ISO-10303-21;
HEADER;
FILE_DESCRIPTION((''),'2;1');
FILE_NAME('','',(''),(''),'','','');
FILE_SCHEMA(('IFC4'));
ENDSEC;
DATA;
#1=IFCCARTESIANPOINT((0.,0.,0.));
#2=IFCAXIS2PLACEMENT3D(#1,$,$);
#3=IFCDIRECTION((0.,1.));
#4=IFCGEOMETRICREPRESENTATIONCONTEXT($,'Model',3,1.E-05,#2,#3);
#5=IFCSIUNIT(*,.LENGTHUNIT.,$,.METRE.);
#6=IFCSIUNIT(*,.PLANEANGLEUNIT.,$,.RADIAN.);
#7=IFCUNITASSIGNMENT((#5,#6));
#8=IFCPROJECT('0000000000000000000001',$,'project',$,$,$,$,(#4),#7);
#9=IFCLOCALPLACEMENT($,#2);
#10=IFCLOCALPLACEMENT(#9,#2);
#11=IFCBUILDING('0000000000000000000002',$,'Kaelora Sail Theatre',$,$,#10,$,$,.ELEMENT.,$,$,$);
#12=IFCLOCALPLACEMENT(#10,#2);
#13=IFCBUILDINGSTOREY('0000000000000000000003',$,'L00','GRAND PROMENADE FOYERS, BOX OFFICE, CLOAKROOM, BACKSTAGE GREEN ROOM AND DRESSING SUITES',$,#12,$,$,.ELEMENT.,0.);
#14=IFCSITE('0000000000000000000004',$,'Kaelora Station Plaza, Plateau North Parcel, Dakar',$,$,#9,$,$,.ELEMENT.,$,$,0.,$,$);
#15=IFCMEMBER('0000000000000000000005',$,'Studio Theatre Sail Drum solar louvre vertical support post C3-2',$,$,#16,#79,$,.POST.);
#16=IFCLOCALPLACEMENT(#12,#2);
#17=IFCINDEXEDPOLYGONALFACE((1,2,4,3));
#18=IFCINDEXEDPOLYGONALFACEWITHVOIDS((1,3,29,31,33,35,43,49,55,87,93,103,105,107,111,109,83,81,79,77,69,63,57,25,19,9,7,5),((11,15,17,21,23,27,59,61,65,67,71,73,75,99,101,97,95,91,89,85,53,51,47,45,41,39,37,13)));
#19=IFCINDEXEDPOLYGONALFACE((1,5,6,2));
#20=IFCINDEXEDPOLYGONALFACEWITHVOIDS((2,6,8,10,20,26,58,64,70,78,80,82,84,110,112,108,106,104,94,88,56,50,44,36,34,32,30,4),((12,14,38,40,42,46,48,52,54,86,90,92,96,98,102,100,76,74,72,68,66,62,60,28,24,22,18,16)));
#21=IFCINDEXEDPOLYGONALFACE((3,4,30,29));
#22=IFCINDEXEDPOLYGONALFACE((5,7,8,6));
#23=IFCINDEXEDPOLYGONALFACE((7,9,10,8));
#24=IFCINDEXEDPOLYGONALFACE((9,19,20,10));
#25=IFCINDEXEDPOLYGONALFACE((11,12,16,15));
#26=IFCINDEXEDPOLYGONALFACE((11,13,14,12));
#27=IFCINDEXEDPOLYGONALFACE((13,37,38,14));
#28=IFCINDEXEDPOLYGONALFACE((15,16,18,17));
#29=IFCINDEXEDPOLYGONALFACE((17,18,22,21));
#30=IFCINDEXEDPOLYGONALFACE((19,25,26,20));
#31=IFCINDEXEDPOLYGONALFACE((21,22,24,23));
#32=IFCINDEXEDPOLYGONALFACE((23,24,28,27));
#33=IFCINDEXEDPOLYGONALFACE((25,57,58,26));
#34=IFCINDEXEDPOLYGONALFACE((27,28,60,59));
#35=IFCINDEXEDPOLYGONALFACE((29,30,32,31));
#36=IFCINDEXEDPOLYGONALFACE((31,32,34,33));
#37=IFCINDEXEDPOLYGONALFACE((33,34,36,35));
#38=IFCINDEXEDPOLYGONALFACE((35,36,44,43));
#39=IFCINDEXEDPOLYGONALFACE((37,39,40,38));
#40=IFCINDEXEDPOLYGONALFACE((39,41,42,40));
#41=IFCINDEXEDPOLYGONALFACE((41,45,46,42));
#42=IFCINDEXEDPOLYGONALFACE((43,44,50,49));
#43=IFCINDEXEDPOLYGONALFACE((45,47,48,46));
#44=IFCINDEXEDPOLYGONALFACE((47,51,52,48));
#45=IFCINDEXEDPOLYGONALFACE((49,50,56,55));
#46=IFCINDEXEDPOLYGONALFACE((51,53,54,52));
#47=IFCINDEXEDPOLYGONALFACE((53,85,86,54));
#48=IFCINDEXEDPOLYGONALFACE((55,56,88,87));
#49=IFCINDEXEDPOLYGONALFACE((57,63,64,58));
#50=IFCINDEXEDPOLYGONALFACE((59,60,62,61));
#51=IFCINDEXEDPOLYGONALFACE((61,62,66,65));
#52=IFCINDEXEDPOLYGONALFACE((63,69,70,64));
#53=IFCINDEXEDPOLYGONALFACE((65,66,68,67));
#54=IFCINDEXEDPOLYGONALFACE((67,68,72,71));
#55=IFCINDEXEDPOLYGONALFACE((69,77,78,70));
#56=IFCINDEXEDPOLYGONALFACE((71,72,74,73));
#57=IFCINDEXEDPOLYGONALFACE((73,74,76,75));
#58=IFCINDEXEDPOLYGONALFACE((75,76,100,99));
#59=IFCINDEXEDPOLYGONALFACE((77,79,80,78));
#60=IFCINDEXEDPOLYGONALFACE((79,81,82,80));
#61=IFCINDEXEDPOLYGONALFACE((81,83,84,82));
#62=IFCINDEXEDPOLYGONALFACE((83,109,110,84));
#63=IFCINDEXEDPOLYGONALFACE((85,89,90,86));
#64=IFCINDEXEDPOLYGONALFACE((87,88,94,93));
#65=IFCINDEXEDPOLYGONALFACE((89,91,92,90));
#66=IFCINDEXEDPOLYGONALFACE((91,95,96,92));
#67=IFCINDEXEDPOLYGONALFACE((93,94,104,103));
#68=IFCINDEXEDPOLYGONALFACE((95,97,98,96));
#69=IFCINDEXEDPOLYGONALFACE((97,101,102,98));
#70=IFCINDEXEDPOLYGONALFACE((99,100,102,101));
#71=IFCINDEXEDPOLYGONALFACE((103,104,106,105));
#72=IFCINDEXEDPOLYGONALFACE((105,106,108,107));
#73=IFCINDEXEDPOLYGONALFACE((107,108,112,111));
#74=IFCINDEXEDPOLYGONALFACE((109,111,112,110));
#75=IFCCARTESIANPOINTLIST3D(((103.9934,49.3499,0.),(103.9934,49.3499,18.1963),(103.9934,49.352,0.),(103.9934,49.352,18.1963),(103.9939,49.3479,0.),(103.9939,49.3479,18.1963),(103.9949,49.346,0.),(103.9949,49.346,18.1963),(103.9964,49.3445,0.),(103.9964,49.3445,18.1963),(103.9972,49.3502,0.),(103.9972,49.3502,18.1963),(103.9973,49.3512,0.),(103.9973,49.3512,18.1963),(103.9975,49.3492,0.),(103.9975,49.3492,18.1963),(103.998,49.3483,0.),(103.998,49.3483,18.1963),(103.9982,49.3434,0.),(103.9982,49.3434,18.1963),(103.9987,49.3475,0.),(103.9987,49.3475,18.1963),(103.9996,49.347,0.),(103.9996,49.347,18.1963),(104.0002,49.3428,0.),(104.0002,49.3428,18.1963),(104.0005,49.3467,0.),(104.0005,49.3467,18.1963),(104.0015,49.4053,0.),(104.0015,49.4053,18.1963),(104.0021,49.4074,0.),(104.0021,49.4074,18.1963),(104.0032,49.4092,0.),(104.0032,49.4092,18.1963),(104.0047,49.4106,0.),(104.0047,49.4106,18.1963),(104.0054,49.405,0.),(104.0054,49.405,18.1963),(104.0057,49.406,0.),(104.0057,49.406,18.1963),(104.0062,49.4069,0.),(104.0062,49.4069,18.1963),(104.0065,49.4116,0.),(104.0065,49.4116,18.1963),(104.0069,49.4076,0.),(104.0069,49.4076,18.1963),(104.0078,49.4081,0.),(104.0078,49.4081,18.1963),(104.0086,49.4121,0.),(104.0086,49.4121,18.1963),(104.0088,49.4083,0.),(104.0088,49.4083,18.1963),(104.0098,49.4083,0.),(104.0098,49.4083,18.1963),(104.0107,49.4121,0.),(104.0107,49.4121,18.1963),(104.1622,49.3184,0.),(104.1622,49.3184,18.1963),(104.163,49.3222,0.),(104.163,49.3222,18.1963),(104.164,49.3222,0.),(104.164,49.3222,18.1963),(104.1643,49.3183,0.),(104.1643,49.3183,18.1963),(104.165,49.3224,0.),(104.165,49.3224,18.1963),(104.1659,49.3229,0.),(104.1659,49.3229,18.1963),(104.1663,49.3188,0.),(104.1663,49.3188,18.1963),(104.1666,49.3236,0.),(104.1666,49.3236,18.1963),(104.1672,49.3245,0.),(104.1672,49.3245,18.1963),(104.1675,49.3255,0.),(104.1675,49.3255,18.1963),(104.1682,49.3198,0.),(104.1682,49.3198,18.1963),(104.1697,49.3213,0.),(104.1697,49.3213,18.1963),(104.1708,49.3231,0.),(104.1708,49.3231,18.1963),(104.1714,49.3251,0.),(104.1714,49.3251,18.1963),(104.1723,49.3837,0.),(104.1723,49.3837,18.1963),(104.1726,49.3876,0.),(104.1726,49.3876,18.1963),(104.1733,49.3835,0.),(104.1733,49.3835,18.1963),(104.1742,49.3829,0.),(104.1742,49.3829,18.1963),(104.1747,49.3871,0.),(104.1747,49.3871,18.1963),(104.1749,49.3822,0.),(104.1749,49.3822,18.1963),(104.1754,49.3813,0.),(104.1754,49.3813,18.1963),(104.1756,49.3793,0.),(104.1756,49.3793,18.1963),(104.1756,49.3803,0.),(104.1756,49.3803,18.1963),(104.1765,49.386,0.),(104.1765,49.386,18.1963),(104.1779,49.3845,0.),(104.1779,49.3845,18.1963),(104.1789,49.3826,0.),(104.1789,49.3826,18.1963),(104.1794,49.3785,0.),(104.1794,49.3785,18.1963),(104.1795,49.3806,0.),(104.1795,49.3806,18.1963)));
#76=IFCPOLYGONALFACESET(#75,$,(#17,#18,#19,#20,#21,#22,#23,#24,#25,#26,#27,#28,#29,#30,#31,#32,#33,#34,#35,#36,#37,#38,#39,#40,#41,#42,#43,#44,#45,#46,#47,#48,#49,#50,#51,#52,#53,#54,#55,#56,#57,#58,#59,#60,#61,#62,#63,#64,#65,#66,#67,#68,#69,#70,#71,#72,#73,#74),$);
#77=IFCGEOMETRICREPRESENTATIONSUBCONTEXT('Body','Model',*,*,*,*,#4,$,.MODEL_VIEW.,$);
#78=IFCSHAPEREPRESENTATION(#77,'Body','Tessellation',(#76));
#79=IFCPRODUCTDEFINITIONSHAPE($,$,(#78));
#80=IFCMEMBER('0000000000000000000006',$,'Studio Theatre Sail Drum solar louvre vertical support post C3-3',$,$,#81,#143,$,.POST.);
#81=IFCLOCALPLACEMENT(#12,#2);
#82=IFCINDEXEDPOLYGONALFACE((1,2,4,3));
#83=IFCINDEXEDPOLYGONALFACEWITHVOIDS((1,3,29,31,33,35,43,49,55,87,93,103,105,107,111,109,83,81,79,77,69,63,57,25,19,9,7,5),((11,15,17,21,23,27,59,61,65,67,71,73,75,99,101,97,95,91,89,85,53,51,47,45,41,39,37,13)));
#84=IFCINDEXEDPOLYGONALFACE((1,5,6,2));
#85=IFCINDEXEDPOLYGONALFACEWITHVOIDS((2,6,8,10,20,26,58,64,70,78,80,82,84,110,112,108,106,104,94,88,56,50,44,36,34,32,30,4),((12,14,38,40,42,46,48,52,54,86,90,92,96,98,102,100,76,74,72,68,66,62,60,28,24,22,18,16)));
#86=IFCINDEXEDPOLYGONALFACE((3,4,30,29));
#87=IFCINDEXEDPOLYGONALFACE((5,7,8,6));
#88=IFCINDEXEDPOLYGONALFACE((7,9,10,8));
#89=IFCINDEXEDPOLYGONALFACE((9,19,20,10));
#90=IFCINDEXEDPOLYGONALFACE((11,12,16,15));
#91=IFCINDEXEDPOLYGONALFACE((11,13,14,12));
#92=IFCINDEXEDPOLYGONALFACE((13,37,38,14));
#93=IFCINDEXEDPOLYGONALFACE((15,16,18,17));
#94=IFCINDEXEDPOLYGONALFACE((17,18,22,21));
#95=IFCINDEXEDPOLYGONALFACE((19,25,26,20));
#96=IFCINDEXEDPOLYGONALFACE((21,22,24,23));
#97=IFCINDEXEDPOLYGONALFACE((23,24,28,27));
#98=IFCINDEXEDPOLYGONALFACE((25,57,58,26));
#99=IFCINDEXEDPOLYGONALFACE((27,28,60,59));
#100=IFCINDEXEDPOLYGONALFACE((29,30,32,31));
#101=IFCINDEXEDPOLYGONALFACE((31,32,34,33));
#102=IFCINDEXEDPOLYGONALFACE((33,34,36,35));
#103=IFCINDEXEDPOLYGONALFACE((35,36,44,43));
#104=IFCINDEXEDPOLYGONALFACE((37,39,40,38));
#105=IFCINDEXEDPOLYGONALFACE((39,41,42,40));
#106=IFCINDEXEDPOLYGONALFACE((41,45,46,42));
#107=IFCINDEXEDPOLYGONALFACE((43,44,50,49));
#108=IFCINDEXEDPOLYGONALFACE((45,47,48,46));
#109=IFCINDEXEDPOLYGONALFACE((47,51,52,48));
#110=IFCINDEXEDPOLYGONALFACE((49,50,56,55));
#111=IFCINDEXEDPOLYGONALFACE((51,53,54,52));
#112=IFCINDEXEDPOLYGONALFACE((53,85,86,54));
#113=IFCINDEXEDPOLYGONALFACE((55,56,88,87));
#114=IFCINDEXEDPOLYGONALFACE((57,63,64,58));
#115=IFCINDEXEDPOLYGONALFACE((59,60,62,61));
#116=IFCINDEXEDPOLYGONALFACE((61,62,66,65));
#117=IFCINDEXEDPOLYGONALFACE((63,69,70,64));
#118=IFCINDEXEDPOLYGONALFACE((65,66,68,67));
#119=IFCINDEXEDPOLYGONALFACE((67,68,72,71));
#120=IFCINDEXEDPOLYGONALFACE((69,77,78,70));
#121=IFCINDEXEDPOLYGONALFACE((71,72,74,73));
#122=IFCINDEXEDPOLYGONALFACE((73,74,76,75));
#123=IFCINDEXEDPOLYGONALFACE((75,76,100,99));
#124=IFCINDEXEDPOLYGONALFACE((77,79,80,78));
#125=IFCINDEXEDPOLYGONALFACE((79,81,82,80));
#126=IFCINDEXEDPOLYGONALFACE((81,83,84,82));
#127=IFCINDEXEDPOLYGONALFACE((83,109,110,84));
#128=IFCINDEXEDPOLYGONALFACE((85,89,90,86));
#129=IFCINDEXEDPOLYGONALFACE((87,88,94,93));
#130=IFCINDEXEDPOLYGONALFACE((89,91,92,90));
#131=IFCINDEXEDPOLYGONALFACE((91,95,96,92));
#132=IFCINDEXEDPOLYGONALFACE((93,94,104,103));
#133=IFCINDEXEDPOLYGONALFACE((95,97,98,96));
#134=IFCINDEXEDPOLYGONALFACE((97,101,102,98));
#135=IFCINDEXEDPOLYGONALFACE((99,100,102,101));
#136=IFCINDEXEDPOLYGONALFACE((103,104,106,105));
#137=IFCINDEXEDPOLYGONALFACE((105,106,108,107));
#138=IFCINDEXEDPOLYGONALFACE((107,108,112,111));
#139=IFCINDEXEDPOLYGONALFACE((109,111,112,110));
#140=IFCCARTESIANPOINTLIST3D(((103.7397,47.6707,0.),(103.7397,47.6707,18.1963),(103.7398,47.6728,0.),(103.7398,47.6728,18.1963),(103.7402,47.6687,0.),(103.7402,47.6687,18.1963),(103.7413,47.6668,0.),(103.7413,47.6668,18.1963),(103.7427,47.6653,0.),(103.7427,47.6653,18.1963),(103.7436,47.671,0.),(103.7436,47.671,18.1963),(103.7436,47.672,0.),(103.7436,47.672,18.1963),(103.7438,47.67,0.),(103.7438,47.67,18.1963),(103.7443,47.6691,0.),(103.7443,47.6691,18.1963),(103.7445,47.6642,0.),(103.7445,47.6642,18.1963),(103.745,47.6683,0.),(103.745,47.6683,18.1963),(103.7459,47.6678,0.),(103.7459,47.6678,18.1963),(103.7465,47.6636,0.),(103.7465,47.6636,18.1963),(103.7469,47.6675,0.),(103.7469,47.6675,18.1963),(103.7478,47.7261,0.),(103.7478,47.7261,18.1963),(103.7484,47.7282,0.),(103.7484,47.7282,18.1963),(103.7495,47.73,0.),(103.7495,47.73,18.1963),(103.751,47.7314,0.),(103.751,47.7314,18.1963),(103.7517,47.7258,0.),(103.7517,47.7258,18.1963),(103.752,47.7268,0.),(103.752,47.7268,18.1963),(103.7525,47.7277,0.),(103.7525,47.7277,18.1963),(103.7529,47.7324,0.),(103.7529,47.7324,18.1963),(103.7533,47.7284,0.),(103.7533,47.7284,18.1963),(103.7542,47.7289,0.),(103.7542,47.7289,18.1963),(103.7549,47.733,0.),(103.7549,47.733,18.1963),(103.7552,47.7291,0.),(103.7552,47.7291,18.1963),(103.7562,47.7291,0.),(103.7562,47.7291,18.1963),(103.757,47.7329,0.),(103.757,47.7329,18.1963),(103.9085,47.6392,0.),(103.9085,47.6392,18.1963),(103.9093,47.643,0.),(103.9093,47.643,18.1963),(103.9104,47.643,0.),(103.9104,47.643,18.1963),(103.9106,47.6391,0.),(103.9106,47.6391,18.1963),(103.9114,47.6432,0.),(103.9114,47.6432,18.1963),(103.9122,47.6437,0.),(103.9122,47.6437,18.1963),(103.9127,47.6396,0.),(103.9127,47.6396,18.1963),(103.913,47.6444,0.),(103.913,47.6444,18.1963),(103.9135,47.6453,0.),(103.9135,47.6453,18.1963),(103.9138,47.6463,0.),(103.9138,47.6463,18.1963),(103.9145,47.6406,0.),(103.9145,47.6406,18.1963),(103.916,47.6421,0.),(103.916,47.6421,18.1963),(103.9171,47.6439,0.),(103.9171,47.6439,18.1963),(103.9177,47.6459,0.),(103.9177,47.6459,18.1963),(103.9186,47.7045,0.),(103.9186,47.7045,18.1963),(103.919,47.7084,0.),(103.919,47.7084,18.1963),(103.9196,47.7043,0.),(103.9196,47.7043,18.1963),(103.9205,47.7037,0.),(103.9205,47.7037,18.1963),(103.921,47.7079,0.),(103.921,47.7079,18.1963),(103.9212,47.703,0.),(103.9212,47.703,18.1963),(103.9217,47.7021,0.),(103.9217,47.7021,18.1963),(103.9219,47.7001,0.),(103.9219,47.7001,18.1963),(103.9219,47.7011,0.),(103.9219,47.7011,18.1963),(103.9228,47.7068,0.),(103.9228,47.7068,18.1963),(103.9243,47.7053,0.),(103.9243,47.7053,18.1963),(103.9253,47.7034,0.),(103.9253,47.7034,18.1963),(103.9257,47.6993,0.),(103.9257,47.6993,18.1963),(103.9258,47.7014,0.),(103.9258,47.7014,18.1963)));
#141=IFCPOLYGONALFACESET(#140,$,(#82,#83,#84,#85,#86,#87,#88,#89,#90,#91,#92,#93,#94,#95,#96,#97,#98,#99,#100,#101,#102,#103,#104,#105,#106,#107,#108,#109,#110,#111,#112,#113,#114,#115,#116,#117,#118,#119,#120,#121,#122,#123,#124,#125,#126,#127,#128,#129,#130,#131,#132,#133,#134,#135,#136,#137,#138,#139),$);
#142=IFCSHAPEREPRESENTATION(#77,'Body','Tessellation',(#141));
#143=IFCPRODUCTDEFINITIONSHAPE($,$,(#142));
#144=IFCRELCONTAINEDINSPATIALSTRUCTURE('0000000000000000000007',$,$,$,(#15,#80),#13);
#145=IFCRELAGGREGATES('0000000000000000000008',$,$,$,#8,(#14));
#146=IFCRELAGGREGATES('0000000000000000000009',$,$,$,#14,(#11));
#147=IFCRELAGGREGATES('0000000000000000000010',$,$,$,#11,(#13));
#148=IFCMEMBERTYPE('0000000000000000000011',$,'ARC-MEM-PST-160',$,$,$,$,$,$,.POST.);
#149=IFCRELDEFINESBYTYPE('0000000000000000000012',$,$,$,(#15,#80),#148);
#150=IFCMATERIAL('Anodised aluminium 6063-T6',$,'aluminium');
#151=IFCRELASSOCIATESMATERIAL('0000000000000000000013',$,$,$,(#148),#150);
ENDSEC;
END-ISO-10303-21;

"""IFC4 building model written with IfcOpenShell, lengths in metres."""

from ifc_helpers import new_model, si_unit, direction, frame, origin, origin_2d, place, context, subcontext, project, spatial, hollow_rectangle, extrude, material, material_profile, profile_set, type_object, element, save


model = new_model("IFC4")

# Units and contexts
model_context = context("Model", 3, precision=1e-05, world=origin(), true_north=direction((0.0, 1.0)))
body_context = subcontext(model_context, "Body", "Model", "MODEL_VIEW")
ifc_project = project(units=[si_unit("LENGTHUNIT", "METRE"), si_unit("PLANEANGLEUNIT", "RADIAN")], contexts=[model_context])

# Site, building, storey
site_placement = place(None, origin())
site = spatial("IfcSite", under=ifc_project, at=site_placement, Name="Kaelora Station Plaza, Plateau North Parcel, Dakar", CompositionType="ELEMENT", RefElevation=0.0)
building_placement = place(site_placement, origin())
building = spatial("IfcBuilding", under=site, at=building_placement, Name="Kaelora Sail Theatre", CompositionType="ELEMENT")
storey_placement = place(building_placement, origin())
storey = spatial("IfcBuildingStorey", under=building, at=storey_placement, Name="L00", Description="GRAND PROMENADE FOYERS, BOX OFFICE, CLOAKROOM, BACKSTAGE GREEN ROOM AND DRESSING SUITES", CompositionType="ELEMENT", Elevation=0.0)

# Members
ifc_material_1 = material(Name="Anodised aluminium 6063-T6", Category="aluminium")
ifc_material_profile_1 = material_profile(ifc_material_1, hollow_rectangle(XDim=0.0701, YDim=0.1799, WallThickness=0.0039, InnerFilletRadius=0.0039, OuterFilletRadius=0.0081, at=origin_2d()), Name="ALU-MULL 70x180x4")
ifc_profile_set_1 = profile_set([ifc_material_profile_1], Name="Anodised aluminium 6063-T6")
member_type_1 = type_object("IfcMemberType", Name="ARC-MEM-PST-160", PredefinedType="POST", material=ifc_profile_set_1)
for number, where, z_axis, x_axis, name in (
    (1, (104.0864, 49.3652, 0.0), (0.0, 0.0, 1.0), (-0.149363, -0.988782, 0.0), "Studio Theatre Sail Drum solar louvre vertical support post C3-2"),
    (2, (103.8328, 47.686, 0.0), (0.0, 0.0, 1.0), (-0.149363, -0.988782, 0.0), "Studio Theatre Sail Drum solar louvre vertical support post C3-3"),
):
    element("IfcMember", number, at=place(storey_placement, frame(where, z_axis=z_axis, x_axis=x_axis)), inside=storey, type_object=member_type_1, Name=name, PredefinedType="POST", context=body_context, shape_type="SweptSolid", body=[
        extrude(hollow_rectangle(XDim=0.0701, YDim=0.1799, WallThickness=0.0039, InnerFilletRadius=0.0039, OuterFilletRadius=0.0081, at=origin_2d()), origin(), (0.0, 0.0, 1.0), 18.1963),
    ])

save(model, "model.ifc")
